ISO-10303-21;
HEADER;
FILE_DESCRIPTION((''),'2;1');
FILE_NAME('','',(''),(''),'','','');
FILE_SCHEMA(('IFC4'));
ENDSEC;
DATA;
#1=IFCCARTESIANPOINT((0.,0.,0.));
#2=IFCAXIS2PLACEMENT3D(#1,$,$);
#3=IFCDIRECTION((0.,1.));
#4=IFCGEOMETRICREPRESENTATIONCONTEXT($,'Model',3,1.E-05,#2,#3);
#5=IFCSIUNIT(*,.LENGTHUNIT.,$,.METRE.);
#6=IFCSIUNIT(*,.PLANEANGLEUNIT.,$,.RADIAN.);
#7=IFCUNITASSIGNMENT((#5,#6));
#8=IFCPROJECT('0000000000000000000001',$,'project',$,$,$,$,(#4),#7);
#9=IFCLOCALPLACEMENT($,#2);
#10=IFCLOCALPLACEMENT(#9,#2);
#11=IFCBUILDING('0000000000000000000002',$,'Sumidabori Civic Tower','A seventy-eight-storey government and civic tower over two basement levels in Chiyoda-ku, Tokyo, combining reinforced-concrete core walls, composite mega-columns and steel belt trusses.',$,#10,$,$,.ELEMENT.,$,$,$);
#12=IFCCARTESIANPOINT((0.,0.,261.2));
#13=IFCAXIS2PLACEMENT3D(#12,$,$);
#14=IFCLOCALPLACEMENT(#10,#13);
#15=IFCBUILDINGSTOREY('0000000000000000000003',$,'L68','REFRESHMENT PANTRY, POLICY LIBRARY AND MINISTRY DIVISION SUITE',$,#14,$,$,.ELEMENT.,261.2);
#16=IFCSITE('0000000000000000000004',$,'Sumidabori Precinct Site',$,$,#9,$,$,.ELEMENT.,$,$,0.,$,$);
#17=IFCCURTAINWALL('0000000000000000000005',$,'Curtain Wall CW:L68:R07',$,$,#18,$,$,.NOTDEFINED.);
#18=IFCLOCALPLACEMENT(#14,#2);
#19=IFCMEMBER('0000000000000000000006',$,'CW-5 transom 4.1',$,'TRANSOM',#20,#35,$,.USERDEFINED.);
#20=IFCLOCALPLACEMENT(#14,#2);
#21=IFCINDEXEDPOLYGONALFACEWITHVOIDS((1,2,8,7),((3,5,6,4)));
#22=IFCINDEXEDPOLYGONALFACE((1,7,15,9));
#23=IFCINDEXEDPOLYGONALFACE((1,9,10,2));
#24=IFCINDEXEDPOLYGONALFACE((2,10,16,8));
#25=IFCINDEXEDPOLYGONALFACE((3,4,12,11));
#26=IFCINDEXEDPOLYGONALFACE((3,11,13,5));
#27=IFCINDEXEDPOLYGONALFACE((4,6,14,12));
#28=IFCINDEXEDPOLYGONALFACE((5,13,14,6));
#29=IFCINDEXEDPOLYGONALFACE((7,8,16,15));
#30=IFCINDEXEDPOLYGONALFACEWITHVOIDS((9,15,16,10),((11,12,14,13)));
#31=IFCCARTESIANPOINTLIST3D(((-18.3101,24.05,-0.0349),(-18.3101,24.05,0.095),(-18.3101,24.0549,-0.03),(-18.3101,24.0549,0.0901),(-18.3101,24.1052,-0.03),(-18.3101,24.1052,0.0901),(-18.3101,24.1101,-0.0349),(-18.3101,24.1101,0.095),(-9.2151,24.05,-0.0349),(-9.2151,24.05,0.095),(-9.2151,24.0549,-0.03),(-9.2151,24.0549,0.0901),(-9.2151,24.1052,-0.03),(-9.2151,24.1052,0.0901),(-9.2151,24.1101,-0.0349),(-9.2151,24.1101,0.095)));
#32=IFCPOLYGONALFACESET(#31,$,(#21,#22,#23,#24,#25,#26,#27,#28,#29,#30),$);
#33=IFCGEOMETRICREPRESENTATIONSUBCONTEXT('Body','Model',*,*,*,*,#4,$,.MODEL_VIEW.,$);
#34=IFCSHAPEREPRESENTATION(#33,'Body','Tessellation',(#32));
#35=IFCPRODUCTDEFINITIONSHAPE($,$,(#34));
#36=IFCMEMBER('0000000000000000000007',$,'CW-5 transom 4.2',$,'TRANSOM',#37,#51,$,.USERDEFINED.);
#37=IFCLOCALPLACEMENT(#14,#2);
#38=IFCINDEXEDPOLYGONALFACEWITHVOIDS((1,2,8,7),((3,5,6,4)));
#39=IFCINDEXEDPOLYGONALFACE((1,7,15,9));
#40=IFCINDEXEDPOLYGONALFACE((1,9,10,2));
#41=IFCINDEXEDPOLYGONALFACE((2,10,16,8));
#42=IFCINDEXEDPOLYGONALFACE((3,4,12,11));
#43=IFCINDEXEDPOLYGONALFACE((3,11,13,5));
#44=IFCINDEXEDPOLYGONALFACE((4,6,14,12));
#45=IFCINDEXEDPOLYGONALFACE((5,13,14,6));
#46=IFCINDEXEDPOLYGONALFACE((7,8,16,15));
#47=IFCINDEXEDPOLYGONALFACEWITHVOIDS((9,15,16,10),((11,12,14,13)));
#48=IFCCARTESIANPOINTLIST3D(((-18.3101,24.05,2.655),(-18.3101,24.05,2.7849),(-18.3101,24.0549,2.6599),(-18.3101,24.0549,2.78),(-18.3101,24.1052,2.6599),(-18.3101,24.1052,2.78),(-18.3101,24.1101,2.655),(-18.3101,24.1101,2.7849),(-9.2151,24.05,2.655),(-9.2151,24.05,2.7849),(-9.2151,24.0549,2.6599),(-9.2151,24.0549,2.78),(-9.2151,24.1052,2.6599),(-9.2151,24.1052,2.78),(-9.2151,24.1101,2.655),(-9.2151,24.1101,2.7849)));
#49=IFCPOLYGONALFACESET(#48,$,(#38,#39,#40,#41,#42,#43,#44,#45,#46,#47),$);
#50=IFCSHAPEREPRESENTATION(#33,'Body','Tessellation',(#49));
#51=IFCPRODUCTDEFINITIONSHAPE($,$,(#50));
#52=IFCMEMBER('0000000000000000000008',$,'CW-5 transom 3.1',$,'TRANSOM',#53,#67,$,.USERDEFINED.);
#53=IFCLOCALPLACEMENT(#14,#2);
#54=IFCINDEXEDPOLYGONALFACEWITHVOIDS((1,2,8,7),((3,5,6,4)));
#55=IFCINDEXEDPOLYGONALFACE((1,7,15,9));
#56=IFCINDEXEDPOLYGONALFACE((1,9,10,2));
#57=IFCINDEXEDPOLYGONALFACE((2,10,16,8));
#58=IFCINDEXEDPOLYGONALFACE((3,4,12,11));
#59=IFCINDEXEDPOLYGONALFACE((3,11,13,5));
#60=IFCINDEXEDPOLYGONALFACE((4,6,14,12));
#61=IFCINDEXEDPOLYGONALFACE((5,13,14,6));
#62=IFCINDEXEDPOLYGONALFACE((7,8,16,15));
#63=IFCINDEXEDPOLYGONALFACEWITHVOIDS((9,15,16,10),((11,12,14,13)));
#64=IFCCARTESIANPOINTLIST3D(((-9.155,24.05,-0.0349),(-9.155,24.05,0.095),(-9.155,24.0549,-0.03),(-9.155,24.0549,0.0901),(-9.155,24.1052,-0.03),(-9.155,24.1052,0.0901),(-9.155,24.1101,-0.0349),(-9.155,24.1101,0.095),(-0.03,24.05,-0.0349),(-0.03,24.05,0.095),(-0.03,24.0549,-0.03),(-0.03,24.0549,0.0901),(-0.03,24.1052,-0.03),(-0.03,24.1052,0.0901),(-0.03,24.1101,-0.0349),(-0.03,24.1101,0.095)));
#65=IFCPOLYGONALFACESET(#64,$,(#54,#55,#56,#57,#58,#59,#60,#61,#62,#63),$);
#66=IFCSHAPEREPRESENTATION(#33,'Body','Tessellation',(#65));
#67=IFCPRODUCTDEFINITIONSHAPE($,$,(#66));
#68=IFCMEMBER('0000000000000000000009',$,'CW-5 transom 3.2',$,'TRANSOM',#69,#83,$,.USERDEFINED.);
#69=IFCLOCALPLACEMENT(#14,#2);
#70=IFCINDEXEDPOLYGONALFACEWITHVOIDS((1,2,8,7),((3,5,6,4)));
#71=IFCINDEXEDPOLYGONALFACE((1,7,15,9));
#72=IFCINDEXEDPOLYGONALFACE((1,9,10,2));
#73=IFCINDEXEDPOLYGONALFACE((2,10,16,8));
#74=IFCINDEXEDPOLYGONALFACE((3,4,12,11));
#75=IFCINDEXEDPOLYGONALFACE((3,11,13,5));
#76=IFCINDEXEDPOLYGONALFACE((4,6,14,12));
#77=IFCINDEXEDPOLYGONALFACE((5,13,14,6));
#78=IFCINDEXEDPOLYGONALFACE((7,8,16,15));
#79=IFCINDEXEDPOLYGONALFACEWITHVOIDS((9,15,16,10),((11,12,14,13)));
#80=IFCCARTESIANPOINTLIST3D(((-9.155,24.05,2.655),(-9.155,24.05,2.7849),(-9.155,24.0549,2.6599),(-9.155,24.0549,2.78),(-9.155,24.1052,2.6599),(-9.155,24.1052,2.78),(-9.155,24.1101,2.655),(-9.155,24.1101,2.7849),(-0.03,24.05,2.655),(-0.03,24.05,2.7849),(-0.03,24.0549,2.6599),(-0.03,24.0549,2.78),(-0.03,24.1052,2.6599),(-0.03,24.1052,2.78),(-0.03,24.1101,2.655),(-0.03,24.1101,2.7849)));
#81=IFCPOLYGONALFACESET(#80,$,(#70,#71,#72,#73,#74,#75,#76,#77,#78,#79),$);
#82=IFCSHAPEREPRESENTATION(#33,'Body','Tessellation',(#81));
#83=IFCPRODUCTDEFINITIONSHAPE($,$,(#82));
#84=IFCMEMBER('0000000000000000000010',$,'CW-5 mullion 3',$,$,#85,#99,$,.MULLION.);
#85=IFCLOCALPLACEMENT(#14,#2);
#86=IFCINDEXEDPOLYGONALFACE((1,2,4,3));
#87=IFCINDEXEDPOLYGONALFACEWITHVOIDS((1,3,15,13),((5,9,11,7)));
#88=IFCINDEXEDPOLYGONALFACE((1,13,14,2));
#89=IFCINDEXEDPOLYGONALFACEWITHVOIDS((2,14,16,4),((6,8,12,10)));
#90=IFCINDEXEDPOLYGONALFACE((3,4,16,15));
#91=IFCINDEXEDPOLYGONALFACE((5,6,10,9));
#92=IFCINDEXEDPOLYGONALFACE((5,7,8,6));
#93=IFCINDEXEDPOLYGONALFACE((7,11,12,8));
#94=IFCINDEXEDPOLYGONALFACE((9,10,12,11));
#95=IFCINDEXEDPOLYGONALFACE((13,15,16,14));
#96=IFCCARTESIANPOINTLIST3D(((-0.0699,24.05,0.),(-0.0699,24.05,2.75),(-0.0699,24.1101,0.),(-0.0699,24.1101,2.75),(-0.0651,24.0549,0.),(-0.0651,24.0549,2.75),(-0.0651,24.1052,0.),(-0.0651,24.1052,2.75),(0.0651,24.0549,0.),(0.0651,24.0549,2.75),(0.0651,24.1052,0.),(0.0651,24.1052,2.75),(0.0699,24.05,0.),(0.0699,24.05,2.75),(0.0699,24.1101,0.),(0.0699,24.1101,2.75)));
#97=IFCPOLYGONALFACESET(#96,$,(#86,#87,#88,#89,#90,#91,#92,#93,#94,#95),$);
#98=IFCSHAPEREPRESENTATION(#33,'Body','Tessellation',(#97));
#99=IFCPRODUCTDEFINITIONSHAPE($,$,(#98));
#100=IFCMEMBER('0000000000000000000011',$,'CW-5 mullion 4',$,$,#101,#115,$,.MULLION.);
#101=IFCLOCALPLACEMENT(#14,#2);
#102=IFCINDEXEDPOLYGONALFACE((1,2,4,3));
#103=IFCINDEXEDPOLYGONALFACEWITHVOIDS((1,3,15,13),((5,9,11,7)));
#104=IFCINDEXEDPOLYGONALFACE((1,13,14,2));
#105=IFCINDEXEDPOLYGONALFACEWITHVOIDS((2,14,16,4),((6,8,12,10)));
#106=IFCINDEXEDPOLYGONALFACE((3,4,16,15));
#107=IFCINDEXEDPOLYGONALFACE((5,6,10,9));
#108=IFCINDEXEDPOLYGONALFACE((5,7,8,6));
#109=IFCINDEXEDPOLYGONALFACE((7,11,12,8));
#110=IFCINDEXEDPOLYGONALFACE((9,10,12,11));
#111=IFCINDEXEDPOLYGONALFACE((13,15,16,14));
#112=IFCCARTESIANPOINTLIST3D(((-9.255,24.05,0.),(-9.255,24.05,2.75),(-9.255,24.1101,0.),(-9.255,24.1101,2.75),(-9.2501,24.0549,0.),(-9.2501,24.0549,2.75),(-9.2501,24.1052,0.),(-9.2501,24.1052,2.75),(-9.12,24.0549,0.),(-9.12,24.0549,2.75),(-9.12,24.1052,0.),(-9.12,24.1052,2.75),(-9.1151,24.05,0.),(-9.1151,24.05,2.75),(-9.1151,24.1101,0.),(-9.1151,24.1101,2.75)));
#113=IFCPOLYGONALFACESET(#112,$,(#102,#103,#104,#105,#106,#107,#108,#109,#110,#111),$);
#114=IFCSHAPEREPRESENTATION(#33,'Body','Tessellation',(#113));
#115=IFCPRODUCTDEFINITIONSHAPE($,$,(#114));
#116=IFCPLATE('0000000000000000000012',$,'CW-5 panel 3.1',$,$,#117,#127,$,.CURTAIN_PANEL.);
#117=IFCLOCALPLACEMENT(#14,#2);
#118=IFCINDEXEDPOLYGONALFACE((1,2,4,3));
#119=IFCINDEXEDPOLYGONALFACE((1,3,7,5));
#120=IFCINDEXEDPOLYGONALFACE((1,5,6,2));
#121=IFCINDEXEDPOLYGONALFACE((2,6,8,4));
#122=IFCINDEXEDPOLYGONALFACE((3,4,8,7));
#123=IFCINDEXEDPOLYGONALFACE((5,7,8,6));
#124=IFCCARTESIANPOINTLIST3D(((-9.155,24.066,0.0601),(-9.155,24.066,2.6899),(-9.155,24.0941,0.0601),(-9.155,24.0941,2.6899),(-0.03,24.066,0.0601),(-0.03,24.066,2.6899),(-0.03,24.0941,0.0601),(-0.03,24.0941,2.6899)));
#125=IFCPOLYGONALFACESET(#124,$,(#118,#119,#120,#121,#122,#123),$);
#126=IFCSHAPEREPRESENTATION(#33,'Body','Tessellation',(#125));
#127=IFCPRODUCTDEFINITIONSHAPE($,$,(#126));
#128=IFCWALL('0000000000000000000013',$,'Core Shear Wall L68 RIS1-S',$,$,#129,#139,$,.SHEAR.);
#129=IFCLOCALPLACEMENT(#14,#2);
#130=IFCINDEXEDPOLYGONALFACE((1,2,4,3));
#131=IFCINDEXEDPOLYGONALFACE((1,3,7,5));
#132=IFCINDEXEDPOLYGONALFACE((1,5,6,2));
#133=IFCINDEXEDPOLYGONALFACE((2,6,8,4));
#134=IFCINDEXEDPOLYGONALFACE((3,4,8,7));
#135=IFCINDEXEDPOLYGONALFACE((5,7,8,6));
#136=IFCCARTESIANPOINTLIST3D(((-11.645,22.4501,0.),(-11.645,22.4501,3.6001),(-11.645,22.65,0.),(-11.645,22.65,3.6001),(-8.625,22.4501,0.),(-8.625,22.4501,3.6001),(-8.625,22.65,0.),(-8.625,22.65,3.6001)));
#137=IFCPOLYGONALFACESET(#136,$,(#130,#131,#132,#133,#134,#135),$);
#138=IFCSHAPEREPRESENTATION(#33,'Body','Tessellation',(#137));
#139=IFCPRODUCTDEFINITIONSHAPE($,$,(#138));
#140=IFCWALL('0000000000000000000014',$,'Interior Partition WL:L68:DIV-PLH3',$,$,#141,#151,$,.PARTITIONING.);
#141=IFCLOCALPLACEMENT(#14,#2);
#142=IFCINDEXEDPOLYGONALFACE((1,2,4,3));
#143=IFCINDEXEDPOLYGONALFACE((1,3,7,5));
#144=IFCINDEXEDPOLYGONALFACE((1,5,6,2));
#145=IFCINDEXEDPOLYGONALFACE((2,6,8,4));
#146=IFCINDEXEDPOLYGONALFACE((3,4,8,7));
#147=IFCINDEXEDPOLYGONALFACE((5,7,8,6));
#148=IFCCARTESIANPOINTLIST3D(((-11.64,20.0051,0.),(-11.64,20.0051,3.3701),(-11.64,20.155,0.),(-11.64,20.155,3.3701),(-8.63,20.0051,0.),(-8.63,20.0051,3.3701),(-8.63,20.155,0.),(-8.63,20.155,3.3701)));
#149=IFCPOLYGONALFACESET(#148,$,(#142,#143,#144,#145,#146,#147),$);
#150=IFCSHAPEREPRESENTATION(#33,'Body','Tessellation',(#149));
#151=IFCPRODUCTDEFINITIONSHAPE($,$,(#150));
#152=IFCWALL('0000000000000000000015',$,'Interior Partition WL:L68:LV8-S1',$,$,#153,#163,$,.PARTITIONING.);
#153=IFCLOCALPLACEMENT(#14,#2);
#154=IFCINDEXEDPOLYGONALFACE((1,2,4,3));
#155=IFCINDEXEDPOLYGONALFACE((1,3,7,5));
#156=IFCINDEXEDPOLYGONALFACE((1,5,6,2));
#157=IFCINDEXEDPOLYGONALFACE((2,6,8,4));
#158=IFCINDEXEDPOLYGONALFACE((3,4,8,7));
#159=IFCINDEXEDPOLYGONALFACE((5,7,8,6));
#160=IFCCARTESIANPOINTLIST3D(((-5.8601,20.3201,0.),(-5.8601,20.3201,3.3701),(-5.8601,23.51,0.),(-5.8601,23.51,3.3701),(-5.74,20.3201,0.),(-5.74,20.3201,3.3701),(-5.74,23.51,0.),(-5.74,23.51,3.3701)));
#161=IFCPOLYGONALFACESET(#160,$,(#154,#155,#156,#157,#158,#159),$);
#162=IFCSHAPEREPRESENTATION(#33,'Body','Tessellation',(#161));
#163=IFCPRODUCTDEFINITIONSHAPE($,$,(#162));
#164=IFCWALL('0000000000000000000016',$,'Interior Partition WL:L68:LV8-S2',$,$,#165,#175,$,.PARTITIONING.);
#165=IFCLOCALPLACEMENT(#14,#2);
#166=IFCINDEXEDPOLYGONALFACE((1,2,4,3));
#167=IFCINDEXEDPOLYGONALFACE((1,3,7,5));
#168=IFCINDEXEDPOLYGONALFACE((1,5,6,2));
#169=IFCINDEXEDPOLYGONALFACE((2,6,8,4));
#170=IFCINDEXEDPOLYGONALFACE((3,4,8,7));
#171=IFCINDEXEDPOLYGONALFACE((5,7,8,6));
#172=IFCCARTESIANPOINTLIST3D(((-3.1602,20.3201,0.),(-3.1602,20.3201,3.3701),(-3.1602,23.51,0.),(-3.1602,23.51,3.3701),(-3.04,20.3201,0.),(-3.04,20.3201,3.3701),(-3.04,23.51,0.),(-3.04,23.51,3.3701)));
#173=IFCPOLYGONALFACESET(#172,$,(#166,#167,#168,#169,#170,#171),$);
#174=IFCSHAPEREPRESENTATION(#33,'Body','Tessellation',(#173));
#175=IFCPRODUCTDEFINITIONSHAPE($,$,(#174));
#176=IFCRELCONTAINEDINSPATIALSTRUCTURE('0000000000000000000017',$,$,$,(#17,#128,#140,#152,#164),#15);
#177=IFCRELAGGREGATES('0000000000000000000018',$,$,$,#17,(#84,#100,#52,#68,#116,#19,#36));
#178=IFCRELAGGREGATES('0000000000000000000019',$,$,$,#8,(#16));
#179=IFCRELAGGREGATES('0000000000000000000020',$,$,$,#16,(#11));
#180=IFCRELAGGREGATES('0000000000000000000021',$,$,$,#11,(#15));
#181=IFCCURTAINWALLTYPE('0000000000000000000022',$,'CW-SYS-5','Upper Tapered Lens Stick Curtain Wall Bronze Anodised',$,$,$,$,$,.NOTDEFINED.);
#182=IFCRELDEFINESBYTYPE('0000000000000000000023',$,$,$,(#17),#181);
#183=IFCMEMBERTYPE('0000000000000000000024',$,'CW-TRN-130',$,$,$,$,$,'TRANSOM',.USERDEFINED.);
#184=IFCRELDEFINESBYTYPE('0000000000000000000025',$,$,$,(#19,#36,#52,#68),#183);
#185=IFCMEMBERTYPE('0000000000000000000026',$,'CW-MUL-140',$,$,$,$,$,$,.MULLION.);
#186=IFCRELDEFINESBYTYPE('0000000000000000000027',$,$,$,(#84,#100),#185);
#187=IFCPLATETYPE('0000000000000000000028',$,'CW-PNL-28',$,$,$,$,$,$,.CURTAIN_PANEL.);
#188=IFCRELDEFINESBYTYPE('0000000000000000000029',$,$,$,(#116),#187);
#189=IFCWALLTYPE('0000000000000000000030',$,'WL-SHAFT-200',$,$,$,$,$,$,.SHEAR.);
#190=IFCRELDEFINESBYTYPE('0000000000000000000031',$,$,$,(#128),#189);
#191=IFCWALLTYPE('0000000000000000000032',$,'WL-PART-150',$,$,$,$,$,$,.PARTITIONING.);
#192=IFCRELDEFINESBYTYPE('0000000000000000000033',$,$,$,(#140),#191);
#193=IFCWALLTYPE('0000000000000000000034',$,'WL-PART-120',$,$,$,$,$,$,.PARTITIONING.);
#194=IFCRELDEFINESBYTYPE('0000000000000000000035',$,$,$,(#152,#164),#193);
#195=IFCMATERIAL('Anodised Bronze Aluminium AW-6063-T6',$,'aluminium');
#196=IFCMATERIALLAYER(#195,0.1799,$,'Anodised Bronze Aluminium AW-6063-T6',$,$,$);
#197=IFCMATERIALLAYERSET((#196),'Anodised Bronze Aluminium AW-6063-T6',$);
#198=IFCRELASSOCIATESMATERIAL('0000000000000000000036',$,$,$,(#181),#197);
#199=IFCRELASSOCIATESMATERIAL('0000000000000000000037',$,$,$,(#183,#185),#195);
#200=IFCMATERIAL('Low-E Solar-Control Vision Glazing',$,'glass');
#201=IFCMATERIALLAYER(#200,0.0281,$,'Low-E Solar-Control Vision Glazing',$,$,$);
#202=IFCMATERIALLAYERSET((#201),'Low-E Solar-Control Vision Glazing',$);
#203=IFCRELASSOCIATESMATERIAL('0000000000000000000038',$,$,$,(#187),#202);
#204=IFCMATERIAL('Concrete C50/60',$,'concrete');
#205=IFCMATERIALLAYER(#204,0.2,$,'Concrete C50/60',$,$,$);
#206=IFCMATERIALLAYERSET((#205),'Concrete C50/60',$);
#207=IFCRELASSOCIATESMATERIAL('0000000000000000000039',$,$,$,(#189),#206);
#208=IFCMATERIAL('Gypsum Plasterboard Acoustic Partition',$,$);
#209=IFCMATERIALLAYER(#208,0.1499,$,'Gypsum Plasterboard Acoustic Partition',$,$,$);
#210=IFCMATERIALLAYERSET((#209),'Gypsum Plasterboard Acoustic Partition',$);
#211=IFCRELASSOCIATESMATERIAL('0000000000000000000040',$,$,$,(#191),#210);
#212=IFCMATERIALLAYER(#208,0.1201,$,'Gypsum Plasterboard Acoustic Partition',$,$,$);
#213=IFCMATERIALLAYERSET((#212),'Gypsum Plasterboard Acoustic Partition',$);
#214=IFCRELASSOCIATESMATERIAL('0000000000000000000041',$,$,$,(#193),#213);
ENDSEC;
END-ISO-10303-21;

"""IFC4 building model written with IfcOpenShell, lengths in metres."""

from ifc_helpers import new_model, si_unit, direction, frame, frame_2d, origin, origin_2d, place, context, subcontext, project, spatial, rectangle, hollow_rectangle, extrude, source, transform, mapped, material, layer, layer_set, material_profile, profile_set, type_object, element, aggregate, save


model = new_model("IFC4")

# Units and contexts
model_context = context("Model", 3, precision=1e-05, world=origin(), true_north=direction((0.0, 1.0)))
body_context = subcontext(model_context, "Body", "Model", "MODEL_VIEW")
ifc_project = project(units=[si_unit("LENGTHUNIT", "METRE"), si_unit("PLANEANGLEUNIT", "RADIAN")], contexts=[model_context])

# Site, building, storey
site_placement = place(None, origin())
site = spatial("IfcSite", under=ifc_project, at=site_placement, Name="Sumidabori Precinct Site", CompositionType="ELEMENT", RefElevation=0.0)
building_placement = place(site_placement, origin())
building = spatial("IfcBuilding", under=site, at=building_placement, Name="Sumidabori Civic Tower", Description="A seventy-eight-storey government and civic tower over two basement levels in Chiyoda-ku, Tokyo, combining reinforced-concrete core walls, composite mega-columns and steel belt trusses.", CompositionType="ELEMENT")
storey_placement = place(building_placement, frame((0.0, 0.0, 261.2)))
storey = spatial("IfcBuildingStorey", under=building, at=storey_placement, Name="L68", Description="REFRESHMENT PANTRY, POLICY LIBRARY AND MINISTRY DIVISION SUITE", CompositionType="ELEMENT", Elevation=261.2)

# Curtain wall, members, plate
ifc_material_1 = material(Name="Anodised Bronze Aluminium AW-6063-T6", Category="aluminium")
ifc_layer_1 = layer(ifc_material_1, 0.1799, Name="Anodised Bronze Aluminium AW-6063-T6")
ifc_layer_set_1 = layer_set([ifc_layer_1], Name="Anodised Bronze Aluminium AW-6063-T6")
curtain_wall_type = type_object("IfcCurtainWallType", Name="CW-SYS-5", Description="Upper Tapered Lens Stick Curtain Wall Bronze Anodised", PredefinedType="NOTDEFINED", material=ifc_layer_set_1)
curtain_wall_placement = place(storey_placement, origin())
curtain_wall = element("IfcCurtainWall", 1, at=curtain_wall_placement, inside=storey, type_object=curtain_wall_type, Name="Curtain Wall CW:L68:R07", PredefinedType="NOTDEFINED")
ifc_material_profile_1 = material_profile(ifc_material_1, hollow_rectangle(XDim=0.0601, YDim=0.1299, WallThickness=0.0049, at=origin_2d()), Name="ALU TRANSOM 130x60")
ifc_profile_set_1 = profile_set([ifc_material_profile_1], Name="Anodised Bronze Aluminium AW-6063-T6")
member_type_1 = type_object("IfcMemberType", Name="CW-TRN-130", ElementType="TRANSOM", PredefinedType="USERDEFINED", material=ifc_profile_set_1)
shared_shape_1 = source(origin(), body_context, "Body", "SweptSolid", [
    extrude(hollow_rectangle(XDim=0.0601, YDim=0.1299, WallThickness=0.0049, at=origin_2d()), origin(), (0.0, 0.0, 1.0), 9.095),
])
member_1_placement = place(storey_placement, frame((-9.2151, 24.0801, 0.03), z_axis=(-1.0, 0.0, 0.0), x_axis=(0.0, -1.0, 0.0)))
member_1 = element("IfcMember", 2, at=member_1_placement, type_object=member_type_1, Name="CW-5 transom 4.1", ObjectType="TRANSOM", PredefinedType="USERDEFINED", context=body_context, shape_type="MappedRepresentation", body=[
    mapped(shared_shape_1, transform((0.0, 0.0, 0.0), x_axis=(1.0, 0.0, 0.0), y_axis=(0.0, 1.0, 0.0), z_axis=(0.0, 0.0, 1.0), scale=1.0)),
])
member_2_placement = place(storey_placement, frame((-9.2151, 24.0801, 2.72), z_axis=(-1.0, 0.0, 0.0), x_axis=(0.0, -1.0, 0.0)))
member_2 = element("IfcMember", 3, at=member_2_placement, type_object=member_type_1, Name="CW-5 transom 4.2", ObjectType="TRANSOM", PredefinedType="USERDEFINED", context=body_context, shape_type="MappedRepresentation", body=[
    mapped(shared_shape_1, transform((0.0, 0.0, 0.0), x_axis=(1.0, 0.0, 0.0), y_axis=(0.0, 1.0, 0.0), z_axis=(0.0, 0.0, 1.0), scale=1.0)),
])
shared_shape_2 = source(origin(), body_context, "Body", "SweptSolid", [
    extrude(hollow_rectangle(XDim=0.0601, YDim=0.1299, WallThickness=0.0049, at=origin_2d()), origin(), (0.0, 0.0, 1.0), 9.125),
])
member_3_placement = place(storey_placement, frame((-0.03, 24.0801, 0.03), z_axis=(-1.0, 0.0, 0.0), x_axis=(0.0, -1.0, 0.0)))
member_3 = element("IfcMember", 4, at=member_3_placement, type_object=member_type_1, Name="CW-5 transom 3.1", ObjectType="TRANSOM", PredefinedType="USERDEFINED", context=body_context, shape_type="MappedRepresentation", body=[
    mapped(shared_shape_2, transform((0.0, 0.0, 0.0), x_axis=(1.0, 0.0, 0.0), y_axis=(0.0, 1.0, 0.0), z_axis=(0.0, 0.0, 1.0), scale=1.0)),
])
member_4_placement = place(storey_placement, frame((-0.03, 24.0801, 2.72), z_axis=(-1.0, 0.0, 0.0), x_axis=(0.0, -1.0, 0.0)))
member_4 = element("IfcMember", 5, at=member_4_placement, type_object=member_type_1, Name="CW-5 transom 3.2", ObjectType="TRANSOM", PredefinedType="USERDEFINED", context=body_context, shape_type="MappedRepresentation", body=[
    mapped(shared_shape_2, transform((0.0, 0.0, 0.0), x_axis=(1.0, 0.0, 0.0), y_axis=(0.0, 1.0, 0.0), z_axis=(0.0, 0.0, 1.0), scale=1.0)),
])
ifc_material_profile_2 = material_profile(ifc_material_1, hollow_rectangle(XDim=0.0601, YDim=0.1399, WallThickness=0.0049, at=origin_2d()), Name="ALU MULLION 140x60")
ifc_profile_set_2 = profile_set([ifc_material_profile_2], Name="Anodised Bronze Aluminium AW-6063-T6")
member_type_2 = type_object("IfcMemberType", Name="CW-MUL-140", PredefinedType="MULLION", material=ifc_profile_set_2)
shared_shape_3 = source(origin(), body_context, "Body", "SweptSolid", [
    extrude(hollow_rectangle(XDim=0.0601, YDim=0.1399, WallThickness=0.0049, at=origin_2d()), origin(), (0.0, 0.0, 1.0), 2.75),
])
member_5_placement = place(storey_placement, frame((0.0, 24.0801, 0.0), z_axis=(0.0, 0.0, 1.0), x_axis=(0.0, -1.0, 0.0)))
member_5 = element("IfcMember", 6, at=member_5_placement, type_object=member_type_2, Name="CW-5 mullion 3", PredefinedType="MULLION", context=body_context, shape_type="MappedRepresentation", body=[
    mapped(shared_shape_3, transform((0.0, 0.0, 0.0), x_axis=(1.0, 0.0, 0.0), y_axis=(0.0, 1.0, 0.0), z_axis=(0.0, 0.0, 1.0), scale=1.0)),
])
member_6_placement = place(storey_placement, frame((-9.1851, 24.0801, 0.0), z_axis=(0.0, 0.0, 1.0), x_axis=(0.0, -1.0, 0.0)))
member_6 = element("IfcMember", 7, at=member_6_placement, type_object=member_type_2, Name="CW-5 mullion 4", PredefinedType="MULLION", context=body_context, shape_type="MappedRepresentation", body=[
    mapped(shared_shape_3, transform((0.0, 0.0, 0.0), x_axis=(1.0, 0.0, 0.0), y_axis=(0.0, 1.0, 0.0), z_axis=(0.0, 0.0, 1.0), scale=1.0)),
])
ifc_material_2 = material(Name="Low-E Solar-Control Vision Glazing", Category="glass")
ifc_layer_2 = layer(ifc_material_2, 0.0281, Name="Low-E Solar-Control Vision Glazing")
ifc_layer_set_2 = layer_set([ifc_layer_2], Name="Low-E Solar-Control Vision Glazing")
plate_type = type_object("IfcPlateType", Name="CW-PNL-28", PredefinedType="CURTAIN_PANEL", material=ifc_layer_set_2)
shared_shape_4 = source(origin(), body_context, "Body", "SweptSolid", [
    extrude(rectangle(XDim=9.125, YDim=0.0281, at=origin_2d()), origin(), (0.0, 0.0, 1.0), 2.6299),
])
plate_placement = place(storey_placement, frame((-4.5925, 24.0801, 0.0601), z_axis=(0.0, 0.0, 1.0), x_axis=(-1.0, 0.0, 0.0)))
plate = element("IfcPlate", 8, at=plate_placement, type_object=plate_type, Name="CW-5 panel 3.1", PredefinedType="CURTAIN_PANEL", context=body_context, shape_type="MappedRepresentation", body=[
    mapped(shared_shape_4, transform((0.0, 0.0, 0.0), x_axis=(1.0, 0.0, 0.0), y_axis=(0.0, 1.0, 0.0), z_axis=(0.0, 0.0, 1.0), scale=1.0)),
])
aggregate(curtain_wall, [member_5, member_6, member_3, member_4, plate, member_1, member_2])

# Walls
ifc_material_3 = material(Name="Concrete C50/60", Category="concrete")
ifc_layer_3 = layer(ifc_material_3, 0.2, Name="Concrete C50/60")
ifc_layer_set_3 = layer_set([ifc_layer_3], Name="Concrete C50/60")
wall_type_1 = type_object("IfcWallType", Name="WL-SHAFT-200", PredefinedType="SHEAR", material=ifc_layer_set_3)
shared_shape_5 = source(origin(), body_context, "Body", "SweptSolid", [
    extrude(rectangle(XDim=3.02, YDim=0.2, at=frame_2d((1.51, 0.0))), origin(), (0.0, 0.0, 1.0), 3.6001),
])
wall_1_placement = place(storey_placement, frame((-11.645, 22.55, 0.0), z_axis=(0.0, 0.0, 1.0), x_axis=(1.0, 0.0, 0.0)))
element("IfcWall", 9, at=wall_1_placement, inside=storey, type_object=wall_type_1, Name="Core Shear Wall L68 RIS1-S", PredefinedType="SHEAR", context=body_context, shape_type="MappedRepresentation", body=[
    mapped(shared_shape_5, transform((0.0, 0.0, 0.0), x_axis=(1.0, 0.0, 0.0), y_axis=(0.0, 1.0, 0.0), z_axis=(0.0, 0.0, 1.0), scale=1.0)),
])
ifc_material_4 = material(Name="Gypsum Plasterboard Acoustic Partition")
ifc_layer_4 = layer(ifc_material_4, 0.1499, Name="Gypsum Plasterboard Acoustic Partition")
ifc_layer_set_4 = layer_set([ifc_layer_4], Name="Gypsum Plasterboard Acoustic Partition")
wall_type_2 = type_object("IfcWallType", Name="WL-PART-150", PredefinedType="PARTITIONING", material=ifc_layer_set_4)
shared_shape_6 = source(origin(), body_context, "Body", "SweptSolid", [
    extrude(rectangle(XDim=3.01, YDim=0.1499, at=frame_2d((1.5049, 0.0))), origin(), (0.0, 0.0, 1.0), 3.3701),
])
wall_2_placement = place(storey_placement, frame((-11.6399, 20.0801, 0.0), z_axis=(0.0, 0.0, 1.0), x_axis=(1.0, 0.0, 0.0)))
element("IfcWall", 10, at=wall_2_placement, inside=storey, type_object=wall_type_2, Name="Interior Partition WL:L68:DIV-PLH3", PredefinedType="PARTITIONING", context=body_context, shape_type="MappedRepresentation", body=[
    mapped(shared_shape_6, transform((0.0, 0.0, 0.0), x_axis=(1.0, 0.0, 0.0), y_axis=(0.0, 1.0, 0.0), z_axis=(0.0, 0.0, 1.0), scale=1.0)),
])

# Walls
ifc_layer_5 = layer(ifc_material_4, 0.1201, Name="Gypsum Plasterboard Acoustic Partition")
ifc_layer_set_5 = layer_set([ifc_layer_5], Name="Gypsum Plasterboard Acoustic Partition")
wall_type_3 = type_object("IfcWallType", Name="WL-PART-120", PredefinedType="PARTITIONING", material=ifc_layer_set_5)
shared_shape_7 = source(origin(), body_context, "Body", "SweptSolid", [
    extrude(rectangle(XDim=3.1899, YDim=0.1201, at=frame_2d((1.595, 0.0))), origin(), (0.0, 0.0, 1.0), 3.3701),
])
for number, where, z_axis, x_axis, name in (
    (11, (-5.8, 20.3201, 0.0), (0.0, 0.0, 1.0), (0.0, 1.0, 0.0), "Interior Partition WL:L68:LV8-S1"),
    (12, (-3.1001, 20.3201, 0.0), (0.0, 0.0, 1.0), (0.0, 1.0, 0.0), "Interior Partition WL:L68:LV8-S2"),
):
    element("IfcWall", number, at=place(storey_placement, frame(where, z_axis=z_axis, x_axis=x_axis)), inside=storey, type_object=wall_type_3, Name=name, PredefinedType="PARTITIONING", context=body_context, shape_type="MappedRepresentation", body=[
        mapped(shared_shape_7, transform((0.0, 0.0, 0.0), x_axis=(1.0, 0.0, 0.0), y_axis=(0.0, 1.0, 0.0), z_axis=(0.0, 0.0, 1.0), scale=1.0)),
    ])

save(model, "model.ifc")
